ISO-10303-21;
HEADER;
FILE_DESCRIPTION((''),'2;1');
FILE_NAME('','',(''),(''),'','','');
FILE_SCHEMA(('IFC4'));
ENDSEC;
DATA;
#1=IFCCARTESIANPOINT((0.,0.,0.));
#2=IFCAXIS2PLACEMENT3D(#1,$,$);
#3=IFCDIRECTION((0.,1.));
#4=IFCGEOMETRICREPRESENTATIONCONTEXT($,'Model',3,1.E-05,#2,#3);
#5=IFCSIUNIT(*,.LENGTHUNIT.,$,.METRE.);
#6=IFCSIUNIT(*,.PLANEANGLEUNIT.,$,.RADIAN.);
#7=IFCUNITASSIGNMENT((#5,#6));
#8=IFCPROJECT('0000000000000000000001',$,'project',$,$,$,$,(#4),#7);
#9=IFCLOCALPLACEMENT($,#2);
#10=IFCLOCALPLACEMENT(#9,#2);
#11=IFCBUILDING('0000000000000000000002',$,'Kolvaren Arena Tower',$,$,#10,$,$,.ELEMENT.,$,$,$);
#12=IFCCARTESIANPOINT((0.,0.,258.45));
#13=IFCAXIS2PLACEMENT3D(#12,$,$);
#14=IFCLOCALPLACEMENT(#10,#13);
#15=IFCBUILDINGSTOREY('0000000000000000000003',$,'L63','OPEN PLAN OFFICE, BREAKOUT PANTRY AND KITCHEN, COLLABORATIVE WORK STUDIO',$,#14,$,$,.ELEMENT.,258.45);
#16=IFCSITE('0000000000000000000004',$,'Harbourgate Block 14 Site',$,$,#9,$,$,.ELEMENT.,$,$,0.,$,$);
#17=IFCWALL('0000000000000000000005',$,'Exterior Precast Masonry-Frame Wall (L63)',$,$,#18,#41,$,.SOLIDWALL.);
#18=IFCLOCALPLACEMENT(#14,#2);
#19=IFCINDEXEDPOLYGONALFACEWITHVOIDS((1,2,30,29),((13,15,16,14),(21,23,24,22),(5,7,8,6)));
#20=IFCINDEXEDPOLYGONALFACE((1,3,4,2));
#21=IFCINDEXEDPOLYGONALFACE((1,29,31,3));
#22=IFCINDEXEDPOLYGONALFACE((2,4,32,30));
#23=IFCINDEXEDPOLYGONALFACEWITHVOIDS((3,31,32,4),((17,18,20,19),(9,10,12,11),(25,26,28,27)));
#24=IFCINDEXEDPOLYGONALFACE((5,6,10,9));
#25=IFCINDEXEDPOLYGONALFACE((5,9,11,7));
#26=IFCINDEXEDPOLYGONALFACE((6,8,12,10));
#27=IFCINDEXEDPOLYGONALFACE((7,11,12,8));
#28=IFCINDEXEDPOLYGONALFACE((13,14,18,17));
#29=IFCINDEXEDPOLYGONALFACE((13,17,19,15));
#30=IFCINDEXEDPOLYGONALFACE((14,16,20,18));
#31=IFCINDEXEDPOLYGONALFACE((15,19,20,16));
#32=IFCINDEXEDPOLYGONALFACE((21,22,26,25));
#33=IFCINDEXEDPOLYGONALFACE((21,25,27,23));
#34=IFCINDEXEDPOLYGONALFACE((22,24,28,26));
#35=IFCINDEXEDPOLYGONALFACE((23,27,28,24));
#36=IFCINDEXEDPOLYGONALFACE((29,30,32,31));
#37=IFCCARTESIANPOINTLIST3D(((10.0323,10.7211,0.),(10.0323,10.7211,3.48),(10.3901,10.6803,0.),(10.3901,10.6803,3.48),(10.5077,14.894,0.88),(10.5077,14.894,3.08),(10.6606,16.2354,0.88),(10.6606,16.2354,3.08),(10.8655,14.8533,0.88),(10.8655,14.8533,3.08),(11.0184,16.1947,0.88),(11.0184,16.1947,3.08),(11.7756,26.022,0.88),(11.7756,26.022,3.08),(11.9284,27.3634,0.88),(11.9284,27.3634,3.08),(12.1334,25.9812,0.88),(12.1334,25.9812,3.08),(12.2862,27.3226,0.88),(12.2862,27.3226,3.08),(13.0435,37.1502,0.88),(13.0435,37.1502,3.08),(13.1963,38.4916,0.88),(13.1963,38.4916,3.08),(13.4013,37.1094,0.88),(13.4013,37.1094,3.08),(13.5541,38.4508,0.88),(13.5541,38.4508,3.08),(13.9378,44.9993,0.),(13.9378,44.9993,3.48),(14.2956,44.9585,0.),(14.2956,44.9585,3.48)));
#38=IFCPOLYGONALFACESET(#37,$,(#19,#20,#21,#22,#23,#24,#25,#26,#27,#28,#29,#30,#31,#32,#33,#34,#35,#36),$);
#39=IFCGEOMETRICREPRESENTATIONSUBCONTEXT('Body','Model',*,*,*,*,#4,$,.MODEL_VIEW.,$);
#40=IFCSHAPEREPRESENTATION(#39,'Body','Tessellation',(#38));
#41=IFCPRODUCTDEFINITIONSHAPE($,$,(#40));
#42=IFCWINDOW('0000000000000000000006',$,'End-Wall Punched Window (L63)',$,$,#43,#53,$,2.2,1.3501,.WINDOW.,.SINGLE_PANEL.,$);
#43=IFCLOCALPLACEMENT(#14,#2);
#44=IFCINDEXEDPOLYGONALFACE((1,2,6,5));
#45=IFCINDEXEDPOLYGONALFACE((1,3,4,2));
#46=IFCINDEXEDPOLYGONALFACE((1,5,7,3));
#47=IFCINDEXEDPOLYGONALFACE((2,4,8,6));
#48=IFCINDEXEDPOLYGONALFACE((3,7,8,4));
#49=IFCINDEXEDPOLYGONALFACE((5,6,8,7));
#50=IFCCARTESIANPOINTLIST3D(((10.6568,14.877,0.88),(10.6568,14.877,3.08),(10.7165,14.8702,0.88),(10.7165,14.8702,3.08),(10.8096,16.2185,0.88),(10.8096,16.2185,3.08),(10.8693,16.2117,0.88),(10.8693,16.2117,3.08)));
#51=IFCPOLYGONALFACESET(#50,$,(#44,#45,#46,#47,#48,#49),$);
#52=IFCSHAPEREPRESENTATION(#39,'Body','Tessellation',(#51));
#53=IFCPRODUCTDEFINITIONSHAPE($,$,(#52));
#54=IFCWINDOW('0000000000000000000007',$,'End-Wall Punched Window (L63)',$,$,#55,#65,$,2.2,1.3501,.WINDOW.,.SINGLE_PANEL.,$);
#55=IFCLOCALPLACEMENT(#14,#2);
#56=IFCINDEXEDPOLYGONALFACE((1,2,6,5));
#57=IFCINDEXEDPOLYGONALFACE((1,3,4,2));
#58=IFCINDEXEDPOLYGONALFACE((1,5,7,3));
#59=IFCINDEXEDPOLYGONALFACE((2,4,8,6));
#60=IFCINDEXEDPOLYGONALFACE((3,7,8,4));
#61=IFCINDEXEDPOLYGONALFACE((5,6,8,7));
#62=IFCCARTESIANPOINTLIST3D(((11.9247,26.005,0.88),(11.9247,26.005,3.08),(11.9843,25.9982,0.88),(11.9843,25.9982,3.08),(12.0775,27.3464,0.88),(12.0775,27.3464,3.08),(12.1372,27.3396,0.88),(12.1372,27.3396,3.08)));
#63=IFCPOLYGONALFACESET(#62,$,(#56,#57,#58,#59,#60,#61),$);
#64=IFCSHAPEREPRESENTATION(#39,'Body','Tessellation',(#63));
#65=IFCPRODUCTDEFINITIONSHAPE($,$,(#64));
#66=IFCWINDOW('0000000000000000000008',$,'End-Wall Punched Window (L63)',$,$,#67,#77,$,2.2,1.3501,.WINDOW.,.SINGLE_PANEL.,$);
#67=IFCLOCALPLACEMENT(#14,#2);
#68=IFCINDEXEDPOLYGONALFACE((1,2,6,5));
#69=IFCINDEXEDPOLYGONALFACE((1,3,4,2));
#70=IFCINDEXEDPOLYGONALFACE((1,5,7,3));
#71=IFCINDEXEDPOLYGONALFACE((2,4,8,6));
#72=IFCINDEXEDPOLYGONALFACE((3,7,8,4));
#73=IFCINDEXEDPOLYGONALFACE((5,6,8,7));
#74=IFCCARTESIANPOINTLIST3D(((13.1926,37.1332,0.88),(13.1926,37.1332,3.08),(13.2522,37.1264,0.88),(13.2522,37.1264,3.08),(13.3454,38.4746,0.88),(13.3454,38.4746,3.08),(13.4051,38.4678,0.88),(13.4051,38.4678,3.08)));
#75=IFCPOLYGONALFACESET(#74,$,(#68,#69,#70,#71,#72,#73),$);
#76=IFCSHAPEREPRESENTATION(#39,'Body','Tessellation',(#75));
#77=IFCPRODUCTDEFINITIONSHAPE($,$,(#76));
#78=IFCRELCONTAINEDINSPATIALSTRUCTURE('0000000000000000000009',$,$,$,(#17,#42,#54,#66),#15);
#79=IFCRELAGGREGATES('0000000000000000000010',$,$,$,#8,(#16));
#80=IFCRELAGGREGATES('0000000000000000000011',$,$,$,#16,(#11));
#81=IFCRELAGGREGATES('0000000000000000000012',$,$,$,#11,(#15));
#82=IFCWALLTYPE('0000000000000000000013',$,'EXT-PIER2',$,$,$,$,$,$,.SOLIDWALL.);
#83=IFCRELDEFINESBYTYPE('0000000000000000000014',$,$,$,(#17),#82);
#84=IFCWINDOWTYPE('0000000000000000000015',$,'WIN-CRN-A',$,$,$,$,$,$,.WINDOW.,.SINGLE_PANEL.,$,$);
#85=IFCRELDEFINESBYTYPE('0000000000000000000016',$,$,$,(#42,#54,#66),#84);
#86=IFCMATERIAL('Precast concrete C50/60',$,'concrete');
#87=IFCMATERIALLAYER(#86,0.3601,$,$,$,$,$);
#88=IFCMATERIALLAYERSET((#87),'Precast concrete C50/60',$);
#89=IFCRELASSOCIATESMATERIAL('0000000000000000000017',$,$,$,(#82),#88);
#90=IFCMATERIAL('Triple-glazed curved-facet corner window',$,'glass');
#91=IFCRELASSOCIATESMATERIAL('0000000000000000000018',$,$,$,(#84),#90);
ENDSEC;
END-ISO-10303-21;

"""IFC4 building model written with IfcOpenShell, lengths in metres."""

from ifc_helpers import new_model, si_unit, direction, frame, frame_2d, origin, place, context, subcontext, project, spatial, rectangle, extrude, material, layer, layer_set, type_object, element, fill, save


model = new_model("IFC4")

# Units and contexts
model_context = context("Model", 3, precision=1e-05, world=origin(), true_north=direction((0.0, 1.0)))
body_context = subcontext(model_context, "Body", "Model", "MODEL_VIEW")
ifc_project = project(units=[si_unit("LENGTHUNIT", "METRE"), si_unit("PLANEANGLEUNIT", "RADIAN")], contexts=[model_context])

# Site, building, storey
site_placement = place(None, origin())
site = spatial("IfcSite", under=ifc_project, at=site_placement, Name="Harbourgate Block 14 Site", CompositionType="ELEMENT", RefElevation=0.0)
building_placement = place(site_placement, origin())
building = spatial("IfcBuilding", under=site, at=building_placement, Name="Kolvaren Arena Tower", CompositionType="ELEMENT")
storey_placement = place(building_placement, frame((0.0, 0.0, 258.45)))
storey = spatial("IfcBuildingStorey", under=building, at=storey_placement, Name="L63", Description="OPEN PLAN OFFICE, BREAKOUT PANTRY AND KITCHEN, COLLABORATIVE WORK STUDIO", CompositionType="ELEMENT", Elevation=258.45)

# Wall, openings, windows
ifc_material_1 = material(Name="Precast concrete C50/60", Category="concrete")
ifc_layer_1 = layer(ifc_material_1, 0.3601)
ifc_layer_set_1 = layer_set([ifc_layer_1], Name="Precast concrete C50/60")
wall_type_1 = type_object("IfcWallType", Name="EXT-PIER2", PredefinedType="SOLIDWALL", material=ifc_layer_set_1)
wall_1_placement = place(storey_placement, frame((10.2112, 10.7007, 0.0), z_axis=(0.0, 0.0, 1.0), x_axis=(0.113203, 0.993572, 0.0)))
wall_1 = element("IfcWall", 1, at=wall_1_placement, inside=storey, type_object=wall_type_1, Name="Exterior Precast Masonry-Frame Wall (L63)", PredefinedType="SOLIDWALL", context=body_context, shape_type="SweptSolid", body=[
    extrude(rectangle(XDim=34.5, YDim=0.3601, at=frame_2d((17.25, 0.0))), origin(), (0.0, 0.0, 1.0), 3.48),
])
opening_1_placement = place(wall_1_placement, frame((4.2, 0.0, 0.8799)))
opening_1 = element("IfcOpeningElement", 2, at=opening_1_placement, cuts=wall_1, PredefinedType="OPENING", context=body_context, shape_type="SweptSolid", body=[
    extrude(rectangle(XDim=1.3501, YDim=2.2, at=frame_2d((0.675, 1.1001))), frame((0.0, 0.1899, 0.0), z_axis=(0.0, -1.0, 0.0), x_axis=(1.0, 0.0, 0.0)), (0.0, 0.0, 1.0), 0.3801),
])
opening_2_placement = place(wall_1_placement, frame((15.3999, 0.0, 0.8799)))
opening_2 = element("IfcOpeningElement", 3, at=opening_2_placement, cuts=wall_1, PredefinedType="OPENING", context=body_context, shape_type="SweptSolid", body=[
    extrude(rectangle(XDim=1.3501, YDim=2.2, at=frame_2d((0.675, 1.1001))), frame((0.0, 0.1899, 0.0), z_axis=(0.0, -1.0, 0.0), x_axis=(1.0, 0.0, 0.0)), (0.0, 0.0, 1.0), 0.3801),
])
opening_3_placement = place(wall_1_placement, frame((26.6001, 0.0, 0.8799)))
opening_3 = element("IfcOpeningElement", 4, at=opening_3_placement, cuts=wall_1, PredefinedType="OPENING", context=body_context, shape_type="SweptSolid", body=[
    extrude(rectangle(XDim=1.3501, YDim=2.2, at=frame_2d((0.675, 1.1001))), frame((0.0, 0.1899, 0.0), z_axis=(0.0, -1.0, 0.0), x_axis=(1.0, 0.0, 0.0)), (0.0, 0.0, 1.0), 0.3801),
])
ifc_material_2 = material(Name="Triple-glazed curved-facet corner window", Category="glass")
window_type = type_object("IfcWindowType", Name="WIN-CRN-A", PartitioningType="SINGLE_PANEL", PredefinedType="WINDOW", material=ifc_material_2)
window_1_placement = place(opening_1_placement, origin())
window_1 = element("IfcWindow", 5, at=window_1_placement, inside=storey, type_object=window_type, Name="End-Wall Punched Window (L63)", OverallHeight=2.2, OverallWidth=1.3501, PartitioningType="SINGLE_PANEL", PredefinedType="WINDOW", context=body_context, shape_type="SweptSolid", body=[
    extrude(rectangle(XDim=1.3501, YDim=2.2, at=frame_2d((0.675, 1.1001))), frame((0.0, 0.03, 0.0), z_axis=(0.0, -1.0, 0.0), x_axis=(1.0, 0.0, 0.0)), (0.0, 0.0, 1.0), 0.0601),
])
fill(opening_1, window_1)
window_2_placement = place(opening_2_placement, origin())
window_2 = element("IfcWindow", 6, at=window_2_placement, inside=storey, type_object=window_type, Name="End-Wall Punched Window (L63)", OverallHeight=2.2, OverallWidth=1.3501, PartitioningType="SINGLE_PANEL", PredefinedType="WINDOW", context=body_context, shape_type="SweptSolid", body=[
    extrude(rectangle(XDim=1.3501, YDim=2.2, at=frame_2d((0.675, 1.1001))), frame((0.0, 0.03, 0.0), z_axis=(0.0, -1.0, 0.0), x_axis=(1.0, 0.0, 0.0)), (0.0, 0.0, 1.0), 0.0601),
])
fill(opening_2, window_2)
window_3_placement = place(opening_3_placement, origin())
window_3 = element("IfcWindow", 7, at=window_3_placement, inside=storey, type_object=window_type, Name="End-Wall Punched Window (L63)", OverallHeight=2.2, OverallWidth=1.3501, PartitioningType="SINGLE_PANEL", PredefinedType="WINDOW", context=body_context, shape_type="SweptSolid", body=[
    extrude(rectangle(XDim=1.3501, YDim=2.2, at=frame_2d((0.675, 1.1001))), frame((0.0, 0.03, 0.0), z_axis=(0.0, -1.0, 0.0), x_axis=(1.0, 0.0, 0.0)), (0.0, 0.0, 1.0), 0.0601),
])
fill(opening_3, window_3)

save(model, "model.ifc")
